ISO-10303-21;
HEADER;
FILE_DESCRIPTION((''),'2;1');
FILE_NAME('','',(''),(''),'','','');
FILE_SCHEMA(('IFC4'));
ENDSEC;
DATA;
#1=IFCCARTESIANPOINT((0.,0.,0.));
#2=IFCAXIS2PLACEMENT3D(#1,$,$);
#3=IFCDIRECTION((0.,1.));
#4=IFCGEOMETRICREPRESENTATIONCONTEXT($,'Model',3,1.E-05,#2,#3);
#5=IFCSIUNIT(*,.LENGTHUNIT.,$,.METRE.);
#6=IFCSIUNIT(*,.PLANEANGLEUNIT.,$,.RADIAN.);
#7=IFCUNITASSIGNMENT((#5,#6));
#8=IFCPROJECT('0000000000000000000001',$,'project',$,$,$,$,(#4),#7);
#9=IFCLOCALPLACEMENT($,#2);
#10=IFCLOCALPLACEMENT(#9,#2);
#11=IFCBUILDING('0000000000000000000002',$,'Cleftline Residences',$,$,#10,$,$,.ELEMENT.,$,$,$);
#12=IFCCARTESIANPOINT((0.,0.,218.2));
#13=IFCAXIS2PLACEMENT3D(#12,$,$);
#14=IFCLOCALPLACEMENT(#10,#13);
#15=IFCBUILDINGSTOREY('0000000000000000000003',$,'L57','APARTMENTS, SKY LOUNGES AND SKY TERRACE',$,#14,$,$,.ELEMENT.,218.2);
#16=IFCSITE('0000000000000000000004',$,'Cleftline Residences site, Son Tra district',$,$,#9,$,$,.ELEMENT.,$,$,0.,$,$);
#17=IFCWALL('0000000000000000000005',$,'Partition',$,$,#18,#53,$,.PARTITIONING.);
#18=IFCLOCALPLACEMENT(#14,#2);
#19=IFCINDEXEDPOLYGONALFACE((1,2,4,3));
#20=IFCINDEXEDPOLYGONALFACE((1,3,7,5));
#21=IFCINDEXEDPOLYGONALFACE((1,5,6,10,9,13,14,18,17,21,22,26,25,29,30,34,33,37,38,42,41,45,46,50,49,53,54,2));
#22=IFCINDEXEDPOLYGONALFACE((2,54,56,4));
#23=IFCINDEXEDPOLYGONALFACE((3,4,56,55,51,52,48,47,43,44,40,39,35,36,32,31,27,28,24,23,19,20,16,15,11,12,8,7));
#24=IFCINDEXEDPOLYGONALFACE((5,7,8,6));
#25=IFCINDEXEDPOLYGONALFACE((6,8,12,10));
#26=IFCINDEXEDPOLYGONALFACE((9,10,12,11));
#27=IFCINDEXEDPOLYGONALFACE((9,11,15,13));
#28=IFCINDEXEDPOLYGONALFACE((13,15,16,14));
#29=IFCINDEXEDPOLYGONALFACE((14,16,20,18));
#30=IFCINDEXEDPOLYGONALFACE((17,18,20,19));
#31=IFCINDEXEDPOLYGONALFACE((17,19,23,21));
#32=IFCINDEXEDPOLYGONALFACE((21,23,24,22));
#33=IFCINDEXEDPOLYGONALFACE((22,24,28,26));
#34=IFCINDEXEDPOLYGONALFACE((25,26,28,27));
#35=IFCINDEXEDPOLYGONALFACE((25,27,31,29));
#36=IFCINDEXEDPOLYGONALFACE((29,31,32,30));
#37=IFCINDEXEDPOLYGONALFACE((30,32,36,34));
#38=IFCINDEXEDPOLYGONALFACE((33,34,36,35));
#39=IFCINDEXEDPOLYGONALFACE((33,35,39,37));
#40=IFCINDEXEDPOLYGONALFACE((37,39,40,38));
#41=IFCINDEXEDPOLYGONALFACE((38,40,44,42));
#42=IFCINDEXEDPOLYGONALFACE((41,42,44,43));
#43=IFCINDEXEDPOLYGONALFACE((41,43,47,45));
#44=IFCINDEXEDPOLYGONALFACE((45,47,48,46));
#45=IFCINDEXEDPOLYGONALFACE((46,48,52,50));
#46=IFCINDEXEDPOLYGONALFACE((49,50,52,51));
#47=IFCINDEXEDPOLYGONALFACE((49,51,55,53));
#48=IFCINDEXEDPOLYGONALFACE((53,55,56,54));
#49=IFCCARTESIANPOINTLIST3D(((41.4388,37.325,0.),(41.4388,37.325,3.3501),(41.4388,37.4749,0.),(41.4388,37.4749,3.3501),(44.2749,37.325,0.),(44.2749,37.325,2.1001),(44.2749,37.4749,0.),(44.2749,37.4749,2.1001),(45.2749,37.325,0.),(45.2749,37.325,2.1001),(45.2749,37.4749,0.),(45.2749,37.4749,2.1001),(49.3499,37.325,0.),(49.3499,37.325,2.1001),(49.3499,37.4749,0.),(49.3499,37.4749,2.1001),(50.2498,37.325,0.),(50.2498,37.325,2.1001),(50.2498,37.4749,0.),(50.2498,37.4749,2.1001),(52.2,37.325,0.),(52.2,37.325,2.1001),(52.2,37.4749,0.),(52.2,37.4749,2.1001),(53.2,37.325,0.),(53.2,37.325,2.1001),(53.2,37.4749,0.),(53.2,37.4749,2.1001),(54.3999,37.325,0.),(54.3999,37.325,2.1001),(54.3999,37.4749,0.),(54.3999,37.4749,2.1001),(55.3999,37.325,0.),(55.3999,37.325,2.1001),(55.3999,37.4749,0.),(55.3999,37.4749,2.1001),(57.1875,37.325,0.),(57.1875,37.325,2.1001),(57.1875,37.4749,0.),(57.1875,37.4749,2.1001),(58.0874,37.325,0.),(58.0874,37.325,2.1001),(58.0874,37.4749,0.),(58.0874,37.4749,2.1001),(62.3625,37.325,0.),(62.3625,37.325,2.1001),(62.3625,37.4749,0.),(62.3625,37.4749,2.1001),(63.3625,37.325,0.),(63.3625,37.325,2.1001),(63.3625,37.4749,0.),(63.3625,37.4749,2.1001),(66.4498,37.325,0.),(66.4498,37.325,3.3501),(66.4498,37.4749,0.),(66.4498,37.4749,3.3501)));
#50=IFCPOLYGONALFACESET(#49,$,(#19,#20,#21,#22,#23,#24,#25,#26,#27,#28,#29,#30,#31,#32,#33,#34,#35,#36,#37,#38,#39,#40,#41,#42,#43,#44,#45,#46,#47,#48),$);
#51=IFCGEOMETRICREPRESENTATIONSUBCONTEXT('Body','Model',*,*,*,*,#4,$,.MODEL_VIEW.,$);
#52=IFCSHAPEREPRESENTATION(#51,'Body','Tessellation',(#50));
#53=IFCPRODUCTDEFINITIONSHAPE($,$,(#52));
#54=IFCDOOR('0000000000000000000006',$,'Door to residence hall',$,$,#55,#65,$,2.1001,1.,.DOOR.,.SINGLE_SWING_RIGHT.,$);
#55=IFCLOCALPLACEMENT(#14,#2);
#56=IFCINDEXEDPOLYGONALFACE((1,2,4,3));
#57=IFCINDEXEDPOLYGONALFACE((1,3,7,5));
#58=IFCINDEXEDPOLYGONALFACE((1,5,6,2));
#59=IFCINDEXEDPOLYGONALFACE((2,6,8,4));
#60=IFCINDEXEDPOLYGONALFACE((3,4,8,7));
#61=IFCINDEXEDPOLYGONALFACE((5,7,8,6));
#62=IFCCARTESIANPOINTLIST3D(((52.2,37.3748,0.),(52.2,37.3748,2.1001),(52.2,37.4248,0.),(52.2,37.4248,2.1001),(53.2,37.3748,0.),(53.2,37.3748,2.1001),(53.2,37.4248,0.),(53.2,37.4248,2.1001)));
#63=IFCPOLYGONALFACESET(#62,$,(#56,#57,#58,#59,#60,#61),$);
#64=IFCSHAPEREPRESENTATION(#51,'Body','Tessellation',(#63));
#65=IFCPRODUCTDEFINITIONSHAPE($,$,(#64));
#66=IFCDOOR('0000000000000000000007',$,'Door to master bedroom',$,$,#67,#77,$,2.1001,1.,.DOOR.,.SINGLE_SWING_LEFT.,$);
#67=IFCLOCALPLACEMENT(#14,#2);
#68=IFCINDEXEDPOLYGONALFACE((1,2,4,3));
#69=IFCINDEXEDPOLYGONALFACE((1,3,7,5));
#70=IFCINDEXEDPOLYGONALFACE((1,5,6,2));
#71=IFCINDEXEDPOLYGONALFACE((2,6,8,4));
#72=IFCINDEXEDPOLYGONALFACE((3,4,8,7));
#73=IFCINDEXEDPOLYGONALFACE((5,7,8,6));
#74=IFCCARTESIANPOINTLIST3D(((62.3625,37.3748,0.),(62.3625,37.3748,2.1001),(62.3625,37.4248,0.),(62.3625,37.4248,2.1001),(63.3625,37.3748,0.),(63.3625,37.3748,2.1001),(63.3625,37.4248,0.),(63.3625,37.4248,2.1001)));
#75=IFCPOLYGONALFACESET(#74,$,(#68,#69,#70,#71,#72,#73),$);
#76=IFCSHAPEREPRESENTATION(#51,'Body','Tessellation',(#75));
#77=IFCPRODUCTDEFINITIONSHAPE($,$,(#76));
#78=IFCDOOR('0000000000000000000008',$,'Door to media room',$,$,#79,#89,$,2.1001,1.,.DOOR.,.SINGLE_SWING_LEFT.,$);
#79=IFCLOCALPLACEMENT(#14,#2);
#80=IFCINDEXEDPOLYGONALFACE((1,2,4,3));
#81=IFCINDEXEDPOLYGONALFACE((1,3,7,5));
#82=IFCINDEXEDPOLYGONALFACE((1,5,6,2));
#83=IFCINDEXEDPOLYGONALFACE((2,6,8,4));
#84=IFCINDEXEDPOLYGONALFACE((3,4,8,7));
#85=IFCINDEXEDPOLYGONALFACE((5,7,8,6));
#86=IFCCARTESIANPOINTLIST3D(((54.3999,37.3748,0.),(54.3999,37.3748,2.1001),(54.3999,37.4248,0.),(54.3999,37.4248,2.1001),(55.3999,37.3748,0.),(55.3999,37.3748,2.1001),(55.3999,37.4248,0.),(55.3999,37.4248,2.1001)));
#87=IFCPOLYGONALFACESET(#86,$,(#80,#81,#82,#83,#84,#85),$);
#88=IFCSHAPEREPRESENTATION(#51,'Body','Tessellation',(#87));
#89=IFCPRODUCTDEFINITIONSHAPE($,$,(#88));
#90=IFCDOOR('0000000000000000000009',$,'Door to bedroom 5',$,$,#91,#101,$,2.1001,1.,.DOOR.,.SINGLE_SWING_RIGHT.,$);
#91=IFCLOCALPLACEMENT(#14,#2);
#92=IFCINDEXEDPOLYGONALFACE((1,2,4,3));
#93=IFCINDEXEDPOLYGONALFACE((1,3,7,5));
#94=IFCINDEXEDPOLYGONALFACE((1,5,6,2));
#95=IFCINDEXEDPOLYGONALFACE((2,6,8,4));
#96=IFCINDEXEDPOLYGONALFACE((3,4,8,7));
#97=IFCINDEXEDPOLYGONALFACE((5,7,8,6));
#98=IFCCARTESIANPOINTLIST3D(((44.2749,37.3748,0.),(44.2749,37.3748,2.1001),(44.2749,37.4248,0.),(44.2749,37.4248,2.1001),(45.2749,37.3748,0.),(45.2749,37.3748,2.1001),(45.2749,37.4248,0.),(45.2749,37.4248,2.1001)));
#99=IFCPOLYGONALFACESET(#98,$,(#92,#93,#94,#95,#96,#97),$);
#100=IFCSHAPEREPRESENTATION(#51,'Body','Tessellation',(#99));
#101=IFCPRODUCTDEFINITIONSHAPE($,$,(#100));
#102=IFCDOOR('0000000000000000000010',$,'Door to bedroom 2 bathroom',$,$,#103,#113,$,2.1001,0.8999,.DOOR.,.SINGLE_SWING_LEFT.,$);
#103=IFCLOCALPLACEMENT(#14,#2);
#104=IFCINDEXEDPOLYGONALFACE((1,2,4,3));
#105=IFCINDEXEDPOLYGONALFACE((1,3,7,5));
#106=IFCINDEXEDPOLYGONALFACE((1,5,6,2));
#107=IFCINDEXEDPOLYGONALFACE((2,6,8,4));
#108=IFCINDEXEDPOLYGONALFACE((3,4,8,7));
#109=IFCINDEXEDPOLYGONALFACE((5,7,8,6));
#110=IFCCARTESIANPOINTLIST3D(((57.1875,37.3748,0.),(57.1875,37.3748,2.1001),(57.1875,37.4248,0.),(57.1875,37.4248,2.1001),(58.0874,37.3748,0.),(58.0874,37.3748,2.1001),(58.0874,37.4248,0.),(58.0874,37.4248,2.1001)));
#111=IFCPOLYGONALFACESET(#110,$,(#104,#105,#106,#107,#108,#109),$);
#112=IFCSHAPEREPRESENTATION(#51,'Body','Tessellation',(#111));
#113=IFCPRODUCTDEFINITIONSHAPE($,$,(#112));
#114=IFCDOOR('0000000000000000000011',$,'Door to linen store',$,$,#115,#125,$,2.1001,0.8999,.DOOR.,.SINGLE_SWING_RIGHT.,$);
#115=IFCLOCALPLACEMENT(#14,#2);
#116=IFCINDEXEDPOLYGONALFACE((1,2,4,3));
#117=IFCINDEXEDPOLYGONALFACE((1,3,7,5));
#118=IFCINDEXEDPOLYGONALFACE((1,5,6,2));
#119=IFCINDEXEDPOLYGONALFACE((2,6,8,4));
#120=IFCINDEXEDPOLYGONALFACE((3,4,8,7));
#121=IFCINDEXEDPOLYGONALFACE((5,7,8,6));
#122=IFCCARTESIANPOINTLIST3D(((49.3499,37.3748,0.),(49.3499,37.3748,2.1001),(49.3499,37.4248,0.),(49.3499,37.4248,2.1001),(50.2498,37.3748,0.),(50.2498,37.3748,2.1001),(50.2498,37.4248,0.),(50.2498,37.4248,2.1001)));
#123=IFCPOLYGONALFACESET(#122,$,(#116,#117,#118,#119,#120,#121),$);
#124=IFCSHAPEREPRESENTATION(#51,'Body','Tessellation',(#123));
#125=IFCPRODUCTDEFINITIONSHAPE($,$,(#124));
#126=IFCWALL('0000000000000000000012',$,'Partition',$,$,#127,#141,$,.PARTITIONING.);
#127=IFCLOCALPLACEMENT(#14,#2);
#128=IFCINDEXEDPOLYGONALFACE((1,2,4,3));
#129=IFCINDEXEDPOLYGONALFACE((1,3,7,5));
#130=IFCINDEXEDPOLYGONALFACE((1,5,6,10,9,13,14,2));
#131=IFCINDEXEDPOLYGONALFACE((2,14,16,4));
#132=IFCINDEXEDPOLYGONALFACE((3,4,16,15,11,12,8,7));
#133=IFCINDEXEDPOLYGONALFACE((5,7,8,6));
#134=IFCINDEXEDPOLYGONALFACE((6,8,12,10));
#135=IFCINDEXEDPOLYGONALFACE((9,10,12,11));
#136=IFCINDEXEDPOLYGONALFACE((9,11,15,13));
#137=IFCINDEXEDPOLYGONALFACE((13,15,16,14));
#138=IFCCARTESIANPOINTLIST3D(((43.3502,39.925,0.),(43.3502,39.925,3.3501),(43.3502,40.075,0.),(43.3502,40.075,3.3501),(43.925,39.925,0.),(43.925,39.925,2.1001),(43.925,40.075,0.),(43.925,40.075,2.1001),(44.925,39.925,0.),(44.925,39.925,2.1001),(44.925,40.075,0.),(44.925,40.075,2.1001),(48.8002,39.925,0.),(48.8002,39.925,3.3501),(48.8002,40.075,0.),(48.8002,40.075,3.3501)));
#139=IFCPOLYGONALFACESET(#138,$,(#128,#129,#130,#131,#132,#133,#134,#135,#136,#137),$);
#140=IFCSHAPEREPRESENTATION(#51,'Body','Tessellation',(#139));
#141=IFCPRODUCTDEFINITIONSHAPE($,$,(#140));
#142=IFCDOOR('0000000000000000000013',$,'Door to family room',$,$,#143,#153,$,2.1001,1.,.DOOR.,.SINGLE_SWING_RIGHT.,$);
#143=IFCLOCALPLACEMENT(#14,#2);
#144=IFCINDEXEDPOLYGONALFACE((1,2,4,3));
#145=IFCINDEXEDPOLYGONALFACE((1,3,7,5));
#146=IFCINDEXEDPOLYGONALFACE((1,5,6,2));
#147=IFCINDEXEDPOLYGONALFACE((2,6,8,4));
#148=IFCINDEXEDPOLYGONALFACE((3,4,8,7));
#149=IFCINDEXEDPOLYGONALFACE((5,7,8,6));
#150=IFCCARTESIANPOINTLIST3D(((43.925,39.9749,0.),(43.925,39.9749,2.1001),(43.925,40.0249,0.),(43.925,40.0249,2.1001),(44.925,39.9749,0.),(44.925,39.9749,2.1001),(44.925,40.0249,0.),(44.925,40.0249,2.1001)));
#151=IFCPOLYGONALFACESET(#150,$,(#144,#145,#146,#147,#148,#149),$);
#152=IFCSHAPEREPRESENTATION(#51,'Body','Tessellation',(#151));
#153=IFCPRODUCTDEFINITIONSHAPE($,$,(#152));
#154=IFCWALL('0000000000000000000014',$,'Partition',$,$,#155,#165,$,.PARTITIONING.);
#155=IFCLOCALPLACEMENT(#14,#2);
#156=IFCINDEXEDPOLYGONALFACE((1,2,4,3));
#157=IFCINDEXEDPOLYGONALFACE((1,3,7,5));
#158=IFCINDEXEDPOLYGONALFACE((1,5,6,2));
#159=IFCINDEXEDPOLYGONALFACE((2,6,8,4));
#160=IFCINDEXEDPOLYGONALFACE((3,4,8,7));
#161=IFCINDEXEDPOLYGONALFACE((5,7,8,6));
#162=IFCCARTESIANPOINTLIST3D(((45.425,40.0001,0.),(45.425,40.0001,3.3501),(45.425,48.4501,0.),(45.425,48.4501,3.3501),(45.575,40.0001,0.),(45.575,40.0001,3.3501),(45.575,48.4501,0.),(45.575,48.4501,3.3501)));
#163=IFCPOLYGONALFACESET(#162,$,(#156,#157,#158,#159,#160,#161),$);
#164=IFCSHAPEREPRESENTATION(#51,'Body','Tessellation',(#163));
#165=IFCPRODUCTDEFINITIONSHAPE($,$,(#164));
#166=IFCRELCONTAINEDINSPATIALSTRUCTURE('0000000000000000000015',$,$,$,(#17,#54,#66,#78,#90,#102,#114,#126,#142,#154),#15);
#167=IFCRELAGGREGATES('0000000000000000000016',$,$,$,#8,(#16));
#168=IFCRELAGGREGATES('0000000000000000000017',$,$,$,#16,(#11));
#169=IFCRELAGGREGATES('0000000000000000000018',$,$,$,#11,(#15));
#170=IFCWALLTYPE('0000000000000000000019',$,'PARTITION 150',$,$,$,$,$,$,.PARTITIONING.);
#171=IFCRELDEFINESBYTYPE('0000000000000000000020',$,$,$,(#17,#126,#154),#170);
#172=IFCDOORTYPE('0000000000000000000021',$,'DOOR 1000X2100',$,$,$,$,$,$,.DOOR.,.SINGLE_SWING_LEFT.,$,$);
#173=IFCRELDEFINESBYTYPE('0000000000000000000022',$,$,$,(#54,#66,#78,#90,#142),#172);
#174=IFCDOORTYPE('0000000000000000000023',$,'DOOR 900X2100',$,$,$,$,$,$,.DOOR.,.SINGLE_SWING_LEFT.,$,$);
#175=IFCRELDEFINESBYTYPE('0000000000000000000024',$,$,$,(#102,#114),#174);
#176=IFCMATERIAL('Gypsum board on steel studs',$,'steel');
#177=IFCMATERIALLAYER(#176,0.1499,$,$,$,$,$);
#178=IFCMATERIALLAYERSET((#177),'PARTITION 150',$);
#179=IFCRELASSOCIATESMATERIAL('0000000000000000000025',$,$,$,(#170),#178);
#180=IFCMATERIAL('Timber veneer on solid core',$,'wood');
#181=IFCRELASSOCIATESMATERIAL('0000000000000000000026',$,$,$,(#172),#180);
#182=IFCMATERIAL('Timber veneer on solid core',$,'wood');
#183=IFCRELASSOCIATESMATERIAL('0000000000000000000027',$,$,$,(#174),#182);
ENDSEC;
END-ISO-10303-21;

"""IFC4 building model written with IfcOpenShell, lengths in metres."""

from ifc_helpers import new_model, si_unit, direction, frame, frame_2d, origin, place, context, subcontext, project, spatial, rectangle, extrude, material, layer, layer_set, type_object, element, fill, save


model = new_model("IFC4")

# Units and contexts
model_context = context("Model", 3, precision=1e-05, world=origin(), true_north=direction((0.0, 1.0)))
body_context = subcontext(model_context, "Body", "Model", "MODEL_VIEW")
ifc_project = project(units=[si_unit("LENGTHUNIT", "METRE"), si_unit("PLANEANGLEUNIT", "RADIAN")], contexts=[model_context])

# Site, building, storey
site_placement = place(None, origin())
site = spatial("IfcSite", under=ifc_project, at=site_placement, Name="Cleftline Residences site, Son Tra district", CompositionType="ELEMENT", RefElevation=0.0)
building_placement = place(site_placement, origin())
building = spatial("IfcBuilding", under=site, at=building_placement, Name="Cleftline Residences", CompositionType="ELEMENT")
storey_placement = place(building_placement, frame((0.0, 0.0, 218.2)))
storey = spatial("IfcBuildingStorey", under=building, at=storey_placement, Name="L57", Description="APARTMENTS, SKY LOUNGES AND SKY TERRACE", CompositionType="ELEMENT", Elevation=218.2)

# Wall, openings, doors
ifc_material_1 = material(Name="Gypsum board on steel studs", Category="steel")
ifc_layer_1 = layer(ifc_material_1, 0.1499)
ifc_layer_set_1 = layer_set([ifc_layer_1], Name="PARTITION 150")
wall_type = type_object("IfcWallType", Name="PARTITION 150", PredefinedType="PARTITIONING", material=ifc_layer_set_1)
wall_1_placement = place(storey_placement, frame((41.439, 37.3999, 0.0), z_axis=(0.0, 0.0, 1.0), x_axis=(1.0, 0.0, 0.0)))
wall_1 = element("IfcWall", 1, at=wall_1_placement, inside=storey, type_object=wall_type, Name="Partition", PredefinedType="PARTITIONING", context=body_context, shape_type="SweptSolid", body=[
    extrude(rectangle(XDim=25.011, YDim=0.1499, at=frame_2d((12.5054, 0.0))), origin(), (0.0, 0.0, 1.0), 3.3501),
])
opening_1_placement = place(wall_1_placement, frame((10.761, 0.0, 0.0)))
opening_1 = element("IfcOpeningElement", 2, at=opening_1_placement, cuts=wall_1, PredefinedType="OPENING", context=body_context, shape_type="SweptSolid", body=[
    extrude(rectangle(XDim=1.0, YDim=2.1001, at=frame_2d((0.5, 1.05))), frame((0.0, 0.085, 0.0), z_axis=(0.0, -1.0, 0.0), x_axis=(1.0, 0.0, 0.0)), (0.0, 0.0, 1.0), 0.1699),
])
opening_2_placement = place(wall_1_placement, frame((20.9236, 0.0, 0.0)))
opening_2 = element("IfcOpeningElement", 3, at=opening_2_placement, cuts=wall_1, PredefinedType="OPENING", context=body_context, shape_type="SweptSolid", body=[
    extrude(rectangle(XDim=1.0, YDim=2.1001, at=frame_2d((0.5, 1.05))), frame((0.0, 0.085, 0.0), z_axis=(0.0, -1.0, 0.0), x_axis=(1.0, 0.0, 0.0)), (0.0, 0.0, 1.0), 0.1699),
])
opening_3_placement = place(wall_1_placement, frame((15.7485, 0.0, 0.0)))
opening_3 = element("IfcOpeningElement", 4, at=opening_3_placement, cuts=wall_1, PredefinedType="OPENING", context=body_context, shape_type="SweptSolid", body=[
    extrude(rectangle(XDim=0.8999, YDim=2.1001, at=frame_2d((0.45, 1.05))), frame((0.0, 0.085, 0.0), z_axis=(0.0, -1.0, 0.0), x_axis=(1.0, 0.0, 0.0)), (0.0, 0.0, 1.0), 0.1699),
])
opening_4_placement = place(wall_1_placement, frame((12.9609, 0.0, 0.0)))
opening_4 = element("IfcOpeningElement", 5, at=opening_4_placement, cuts=wall_1, PredefinedType="OPENING", context=body_context, shape_type="SweptSolid", body=[
    extrude(rectangle(XDim=1.0, YDim=2.1001, at=frame_2d((0.5, 1.05))), frame((0.0, 0.085, 0.0), z_axis=(0.0, -1.0, 0.0), x_axis=(1.0, 0.0, 0.0)), (0.0, 0.0, 1.0), 0.1699),
])
opening_5_placement = place(wall_1_placement, frame((7.9109, 0.0, 0.0)))
opening_5 = element("IfcOpeningElement", 6, at=opening_5_placement, cuts=wall_1, PredefinedType="OPENING", context=body_context, shape_type="SweptSolid", body=[
    extrude(rectangle(XDim=0.8999, YDim=2.1001, at=frame_2d((0.45, 1.05))), frame((0.0, 0.085, 0.0), z_axis=(0.0, -1.0, 0.0), x_axis=(1.0, 0.0, 0.0)), (0.0, 0.0, 1.0), 0.1699),
])
opening_6_placement = place(wall_1_placement, frame((2.8359, 0.0, 0.0)))
opening_6 = element("IfcOpeningElement", 7, at=opening_6_placement, cuts=wall_1, PredefinedType="OPENING", context=body_context, shape_type="SweptSolid", body=[
    extrude(rectangle(XDim=1.0, YDim=2.1001, at=frame_2d((0.5, 1.05))), frame((0.0, 0.085, 0.0), z_axis=(0.0, -1.0, 0.0), x_axis=(1.0, 0.0, 0.0)), (0.0, 0.0, 1.0), 0.1699),
])
ifc_material_2 = material(Name="Timber veneer on solid core", Category="wood")
door_type_1 = type_object("IfcDoorType", Name="DOOR 1000X2100", OperationType="SINGLE_SWING_LEFT", PredefinedType="DOOR", material=ifc_material_2)
door_1_placement = place(opening_1_placement, origin())
door_1 = element("IfcDoor", 8, at=door_1_placement, inside=storey, type_object=door_type_1, Name="Door to residence hall", OperationType="SINGLE_SWING_RIGHT", OverallHeight=2.1001, OverallWidth=1.0, PredefinedType="DOOR", context=body_context, shape_type="SweptSolid", body=[
    extrude(rectangle(XDim=1.0, YDim=2.1001, at=frame_2d((0.5, 1.05))), frame((0.0, 0.0249, 0.0), z_axis=(0.0, -1.0, 0.0), x_axis=(1.0, 0.0, 0.0)), (0.0, 0.0, 1.0), 0.05),
])
fill(opening_1, door_1)
door_2_placement = place(opening_2_placement, origin())
door_2 = element("IfcDoor", 9, at=door_2_placement, inside=storey, type_object=door_type_1, Name="Door to master bedroom", OperationType="SINGLE_SWING_LEFT", OverallHeight=2.1001, OverallWidth=1.0, PredefinedType="DOOR", context=body_context, shape_type="SweptSolid", body=[
    extrude(rectangle(XDim=1.0, YDim=2.1001, at=frame_2d((0.5, 1.05))), frame((0.0, 0.0249, 0.0), z_axis=(0.0, -1.0, 0.0), x_axis=(1.0, 0.0, 0.0)), (0.0, 0.0, 1.0), 0.05),
])
fill(opening_2, door_2)
door_3_placement = place(opening_4_placement, origin())
door_3 = element("IfcDoor", 10, at=door_3_placement, inside=storey, type_object=door_type_1, Name="Door to media room", OperationType="SINGLE_SWING_LEFT", OverallHeight=2.1001, OverallWidth=1.0, PredefinedType="DOOR", context=body_context, shape_type="SweptSolid", body=[
    extrude(rectangle(XDim=1.0, YDim=2.1001, at=frame_2d((0.5, 1.05))), frame((0.0, 0.0249, 0.0), z_axis=(0.0, -1.0, 0.0), x_axis=(1.0, 0.0, 0.0)), (0.0, 0.0, 1.0), 0.05),
])
fill(opening_4, door_3)
door_4_placement = place(opening_6_placement, origin())
door_4 = element("IfcDoor", 11, at=door_4_placement, inside=storey, type_object=door_type_1, Name="Door to bedroom 5", OperationType="SINGLE_SWING_RIGHT", OverallHeight=2.1001, OverallWidth=1.0, PredefinedType="DOOR", context=body_context, shape_type="SweptSolid", body=[
    extrude(rectangle(XDim=1.0, YDim=2.1001, at=frame_2d((0.5, 1.05))), frame((0.0, 0.0249, 0.0), z_axis=(0.0, -1.0, 0.0), x_axis=(1.0, 0.0, 0.0)), (0.0, 0.0, 1.0), 0.05),
])
fill(opening_6, door_4)
ifc_material_3 = material(Name="Timber veneer on solid core", Category="wood")
door_type_2 = type_object("IfcDoorType", Name="DOOR 900X2100", OperationType="SINGLE_SWING_LEFT", PredefinedType="DOOR", material=ifc_material_3)
door_5_placement = place(opening_3_placement, origin())
door_5 = element("IfcDoor", 12, at=door_5_placement, inside=storey, type_object=door_type_2, Name="Door to bedroom 2 bathroom", OperationType="SINGLE_SWING_LEFT", OverallHeight=2.1001, OverallWidth=0.8999, PredefinedType="DOOR", context=body_context, shape_type="SweptSolid", body=[
    extrude(rectangle(XDim=0.8999, YDim=2.1001, at=frame_2d((0.45, 1.05))), frame((0.0, 0.0249, 0.0), z_axis=(0.0, -1.0, 0.0), x_axis=(1.0, 0.0, 0.0)), (0.0, 0.0, 1.0), 0.05),
])
fill(opening_3, door_5)
door_6_placement = place(opening_5_placement, origin())
door_6 = element("IfcDoor", 13, at=door_6_placement, inside=storey, type_object=door_type_2, Name="Door to linen store", OperationType="SINGLE_SWING_RIGHT", OverallHeight=2.1001, OverallWidth=0.8999, PredefinedType="DOOR", context=body_context, shape_type="SweptSolid", body=[
    extrude(rectangle(XDim=0.8999, YDim=2.1001, at=frame_2d((0.45, 1.05))), frame((0.0, 0.0249, 0.0), z_axis=(0.0, -1.0, 0.0), x_axis=(1.0, 0.0, 0.0)), (0.0, 0.0, 1.0), 0.05),
])
fill(opening_5, door_6)

# Wall, opening, door
wall_2_placement = place(storey_placement, frame((43.3501, 40.0, 0.0), z_axis=(0.0, 0.0, 1.0), x_axis=(1.0, 0.0, 0.0)))
wall_2 = element("IfcWall", 14, at=wall_2_placement, inside=storey, type_object=wall_type, Name="Partition", PredefinedType="PARTITIONING", context=body_context, shape_type="SweptSolid", body=[
    extrude(rectangle(XDim=5.45, YDim=0.1499, at=frame_2d((2.7251, 0.0))), origin(), (0.0, 0.0, 1.0), 3.3501),
])
opening_7_placement = place(wall_2_placement, frame((0.575, 0.0, 0.0)))
opening_7 = element("IfcOpeningElement", 15, at=opening_7_placement, cuts=wall_2, PredefinedType="OPENING", context=body_context, shape_type="SweptSolid", body=[
    extrude(rectangle(XDim=1.0, YDim=2.1001, at=frame_2d((0.5, 1.05))), frame((0.0, 0.085, 0.0), z_axis=(0.0, -1.0, 0.0), x_axis=(1.0, 0.0, 0.0)), (0.0, 0.0, 1.0), 0.1699),
])
door_7_placement = place(opening_7_placement, origin())
door_7 = element("IfcDoor", 16, at=door_7_placement, inside=storey, type_object=door_type_1, Name="Door to family room", OperationType="SINGLE_SWING_RIGHT", OverallHeight=2.1001, OverallWidth=1.0, PredefinedType="DOOR", context=body_context, shape_type="SweptSolid", body=[
    extrude(rectangle(XDim=1.0, YDim=2.1001, at=frame_2d((0.5, 1.05))), frame((0.0, 0.0249, 0.0), z_axis=(0.0, -1.0, 0.0), x_axis=(1.0, 0.0, 0.0)), (0.0, 0.0, 1.0), 0.05),
])
fill(opening_7, door_7)

# Wall
wall_3_placement = place(storey_placement, frame((45.5, 40.0, 0.0), z_axis=(0.0, 0.0, 1.0), x_axis=(0.0, 1.0, 0.0)))
element("IfcWall", 17, at=wall_3_placement, inside=storey, type_object=wall_type, Name="Partition", PredefinedType="PARTITIONING", context=body_context, shape_type="SweptSolid", body=[
    extrude(rectangle(XDim=8.45, YDim=0.1499, at=frame_2d((4.2251, 0.0))), origin(), (0.0, 0.0, 1.0), 3.3501),
])

save(model, "model.ifc")
